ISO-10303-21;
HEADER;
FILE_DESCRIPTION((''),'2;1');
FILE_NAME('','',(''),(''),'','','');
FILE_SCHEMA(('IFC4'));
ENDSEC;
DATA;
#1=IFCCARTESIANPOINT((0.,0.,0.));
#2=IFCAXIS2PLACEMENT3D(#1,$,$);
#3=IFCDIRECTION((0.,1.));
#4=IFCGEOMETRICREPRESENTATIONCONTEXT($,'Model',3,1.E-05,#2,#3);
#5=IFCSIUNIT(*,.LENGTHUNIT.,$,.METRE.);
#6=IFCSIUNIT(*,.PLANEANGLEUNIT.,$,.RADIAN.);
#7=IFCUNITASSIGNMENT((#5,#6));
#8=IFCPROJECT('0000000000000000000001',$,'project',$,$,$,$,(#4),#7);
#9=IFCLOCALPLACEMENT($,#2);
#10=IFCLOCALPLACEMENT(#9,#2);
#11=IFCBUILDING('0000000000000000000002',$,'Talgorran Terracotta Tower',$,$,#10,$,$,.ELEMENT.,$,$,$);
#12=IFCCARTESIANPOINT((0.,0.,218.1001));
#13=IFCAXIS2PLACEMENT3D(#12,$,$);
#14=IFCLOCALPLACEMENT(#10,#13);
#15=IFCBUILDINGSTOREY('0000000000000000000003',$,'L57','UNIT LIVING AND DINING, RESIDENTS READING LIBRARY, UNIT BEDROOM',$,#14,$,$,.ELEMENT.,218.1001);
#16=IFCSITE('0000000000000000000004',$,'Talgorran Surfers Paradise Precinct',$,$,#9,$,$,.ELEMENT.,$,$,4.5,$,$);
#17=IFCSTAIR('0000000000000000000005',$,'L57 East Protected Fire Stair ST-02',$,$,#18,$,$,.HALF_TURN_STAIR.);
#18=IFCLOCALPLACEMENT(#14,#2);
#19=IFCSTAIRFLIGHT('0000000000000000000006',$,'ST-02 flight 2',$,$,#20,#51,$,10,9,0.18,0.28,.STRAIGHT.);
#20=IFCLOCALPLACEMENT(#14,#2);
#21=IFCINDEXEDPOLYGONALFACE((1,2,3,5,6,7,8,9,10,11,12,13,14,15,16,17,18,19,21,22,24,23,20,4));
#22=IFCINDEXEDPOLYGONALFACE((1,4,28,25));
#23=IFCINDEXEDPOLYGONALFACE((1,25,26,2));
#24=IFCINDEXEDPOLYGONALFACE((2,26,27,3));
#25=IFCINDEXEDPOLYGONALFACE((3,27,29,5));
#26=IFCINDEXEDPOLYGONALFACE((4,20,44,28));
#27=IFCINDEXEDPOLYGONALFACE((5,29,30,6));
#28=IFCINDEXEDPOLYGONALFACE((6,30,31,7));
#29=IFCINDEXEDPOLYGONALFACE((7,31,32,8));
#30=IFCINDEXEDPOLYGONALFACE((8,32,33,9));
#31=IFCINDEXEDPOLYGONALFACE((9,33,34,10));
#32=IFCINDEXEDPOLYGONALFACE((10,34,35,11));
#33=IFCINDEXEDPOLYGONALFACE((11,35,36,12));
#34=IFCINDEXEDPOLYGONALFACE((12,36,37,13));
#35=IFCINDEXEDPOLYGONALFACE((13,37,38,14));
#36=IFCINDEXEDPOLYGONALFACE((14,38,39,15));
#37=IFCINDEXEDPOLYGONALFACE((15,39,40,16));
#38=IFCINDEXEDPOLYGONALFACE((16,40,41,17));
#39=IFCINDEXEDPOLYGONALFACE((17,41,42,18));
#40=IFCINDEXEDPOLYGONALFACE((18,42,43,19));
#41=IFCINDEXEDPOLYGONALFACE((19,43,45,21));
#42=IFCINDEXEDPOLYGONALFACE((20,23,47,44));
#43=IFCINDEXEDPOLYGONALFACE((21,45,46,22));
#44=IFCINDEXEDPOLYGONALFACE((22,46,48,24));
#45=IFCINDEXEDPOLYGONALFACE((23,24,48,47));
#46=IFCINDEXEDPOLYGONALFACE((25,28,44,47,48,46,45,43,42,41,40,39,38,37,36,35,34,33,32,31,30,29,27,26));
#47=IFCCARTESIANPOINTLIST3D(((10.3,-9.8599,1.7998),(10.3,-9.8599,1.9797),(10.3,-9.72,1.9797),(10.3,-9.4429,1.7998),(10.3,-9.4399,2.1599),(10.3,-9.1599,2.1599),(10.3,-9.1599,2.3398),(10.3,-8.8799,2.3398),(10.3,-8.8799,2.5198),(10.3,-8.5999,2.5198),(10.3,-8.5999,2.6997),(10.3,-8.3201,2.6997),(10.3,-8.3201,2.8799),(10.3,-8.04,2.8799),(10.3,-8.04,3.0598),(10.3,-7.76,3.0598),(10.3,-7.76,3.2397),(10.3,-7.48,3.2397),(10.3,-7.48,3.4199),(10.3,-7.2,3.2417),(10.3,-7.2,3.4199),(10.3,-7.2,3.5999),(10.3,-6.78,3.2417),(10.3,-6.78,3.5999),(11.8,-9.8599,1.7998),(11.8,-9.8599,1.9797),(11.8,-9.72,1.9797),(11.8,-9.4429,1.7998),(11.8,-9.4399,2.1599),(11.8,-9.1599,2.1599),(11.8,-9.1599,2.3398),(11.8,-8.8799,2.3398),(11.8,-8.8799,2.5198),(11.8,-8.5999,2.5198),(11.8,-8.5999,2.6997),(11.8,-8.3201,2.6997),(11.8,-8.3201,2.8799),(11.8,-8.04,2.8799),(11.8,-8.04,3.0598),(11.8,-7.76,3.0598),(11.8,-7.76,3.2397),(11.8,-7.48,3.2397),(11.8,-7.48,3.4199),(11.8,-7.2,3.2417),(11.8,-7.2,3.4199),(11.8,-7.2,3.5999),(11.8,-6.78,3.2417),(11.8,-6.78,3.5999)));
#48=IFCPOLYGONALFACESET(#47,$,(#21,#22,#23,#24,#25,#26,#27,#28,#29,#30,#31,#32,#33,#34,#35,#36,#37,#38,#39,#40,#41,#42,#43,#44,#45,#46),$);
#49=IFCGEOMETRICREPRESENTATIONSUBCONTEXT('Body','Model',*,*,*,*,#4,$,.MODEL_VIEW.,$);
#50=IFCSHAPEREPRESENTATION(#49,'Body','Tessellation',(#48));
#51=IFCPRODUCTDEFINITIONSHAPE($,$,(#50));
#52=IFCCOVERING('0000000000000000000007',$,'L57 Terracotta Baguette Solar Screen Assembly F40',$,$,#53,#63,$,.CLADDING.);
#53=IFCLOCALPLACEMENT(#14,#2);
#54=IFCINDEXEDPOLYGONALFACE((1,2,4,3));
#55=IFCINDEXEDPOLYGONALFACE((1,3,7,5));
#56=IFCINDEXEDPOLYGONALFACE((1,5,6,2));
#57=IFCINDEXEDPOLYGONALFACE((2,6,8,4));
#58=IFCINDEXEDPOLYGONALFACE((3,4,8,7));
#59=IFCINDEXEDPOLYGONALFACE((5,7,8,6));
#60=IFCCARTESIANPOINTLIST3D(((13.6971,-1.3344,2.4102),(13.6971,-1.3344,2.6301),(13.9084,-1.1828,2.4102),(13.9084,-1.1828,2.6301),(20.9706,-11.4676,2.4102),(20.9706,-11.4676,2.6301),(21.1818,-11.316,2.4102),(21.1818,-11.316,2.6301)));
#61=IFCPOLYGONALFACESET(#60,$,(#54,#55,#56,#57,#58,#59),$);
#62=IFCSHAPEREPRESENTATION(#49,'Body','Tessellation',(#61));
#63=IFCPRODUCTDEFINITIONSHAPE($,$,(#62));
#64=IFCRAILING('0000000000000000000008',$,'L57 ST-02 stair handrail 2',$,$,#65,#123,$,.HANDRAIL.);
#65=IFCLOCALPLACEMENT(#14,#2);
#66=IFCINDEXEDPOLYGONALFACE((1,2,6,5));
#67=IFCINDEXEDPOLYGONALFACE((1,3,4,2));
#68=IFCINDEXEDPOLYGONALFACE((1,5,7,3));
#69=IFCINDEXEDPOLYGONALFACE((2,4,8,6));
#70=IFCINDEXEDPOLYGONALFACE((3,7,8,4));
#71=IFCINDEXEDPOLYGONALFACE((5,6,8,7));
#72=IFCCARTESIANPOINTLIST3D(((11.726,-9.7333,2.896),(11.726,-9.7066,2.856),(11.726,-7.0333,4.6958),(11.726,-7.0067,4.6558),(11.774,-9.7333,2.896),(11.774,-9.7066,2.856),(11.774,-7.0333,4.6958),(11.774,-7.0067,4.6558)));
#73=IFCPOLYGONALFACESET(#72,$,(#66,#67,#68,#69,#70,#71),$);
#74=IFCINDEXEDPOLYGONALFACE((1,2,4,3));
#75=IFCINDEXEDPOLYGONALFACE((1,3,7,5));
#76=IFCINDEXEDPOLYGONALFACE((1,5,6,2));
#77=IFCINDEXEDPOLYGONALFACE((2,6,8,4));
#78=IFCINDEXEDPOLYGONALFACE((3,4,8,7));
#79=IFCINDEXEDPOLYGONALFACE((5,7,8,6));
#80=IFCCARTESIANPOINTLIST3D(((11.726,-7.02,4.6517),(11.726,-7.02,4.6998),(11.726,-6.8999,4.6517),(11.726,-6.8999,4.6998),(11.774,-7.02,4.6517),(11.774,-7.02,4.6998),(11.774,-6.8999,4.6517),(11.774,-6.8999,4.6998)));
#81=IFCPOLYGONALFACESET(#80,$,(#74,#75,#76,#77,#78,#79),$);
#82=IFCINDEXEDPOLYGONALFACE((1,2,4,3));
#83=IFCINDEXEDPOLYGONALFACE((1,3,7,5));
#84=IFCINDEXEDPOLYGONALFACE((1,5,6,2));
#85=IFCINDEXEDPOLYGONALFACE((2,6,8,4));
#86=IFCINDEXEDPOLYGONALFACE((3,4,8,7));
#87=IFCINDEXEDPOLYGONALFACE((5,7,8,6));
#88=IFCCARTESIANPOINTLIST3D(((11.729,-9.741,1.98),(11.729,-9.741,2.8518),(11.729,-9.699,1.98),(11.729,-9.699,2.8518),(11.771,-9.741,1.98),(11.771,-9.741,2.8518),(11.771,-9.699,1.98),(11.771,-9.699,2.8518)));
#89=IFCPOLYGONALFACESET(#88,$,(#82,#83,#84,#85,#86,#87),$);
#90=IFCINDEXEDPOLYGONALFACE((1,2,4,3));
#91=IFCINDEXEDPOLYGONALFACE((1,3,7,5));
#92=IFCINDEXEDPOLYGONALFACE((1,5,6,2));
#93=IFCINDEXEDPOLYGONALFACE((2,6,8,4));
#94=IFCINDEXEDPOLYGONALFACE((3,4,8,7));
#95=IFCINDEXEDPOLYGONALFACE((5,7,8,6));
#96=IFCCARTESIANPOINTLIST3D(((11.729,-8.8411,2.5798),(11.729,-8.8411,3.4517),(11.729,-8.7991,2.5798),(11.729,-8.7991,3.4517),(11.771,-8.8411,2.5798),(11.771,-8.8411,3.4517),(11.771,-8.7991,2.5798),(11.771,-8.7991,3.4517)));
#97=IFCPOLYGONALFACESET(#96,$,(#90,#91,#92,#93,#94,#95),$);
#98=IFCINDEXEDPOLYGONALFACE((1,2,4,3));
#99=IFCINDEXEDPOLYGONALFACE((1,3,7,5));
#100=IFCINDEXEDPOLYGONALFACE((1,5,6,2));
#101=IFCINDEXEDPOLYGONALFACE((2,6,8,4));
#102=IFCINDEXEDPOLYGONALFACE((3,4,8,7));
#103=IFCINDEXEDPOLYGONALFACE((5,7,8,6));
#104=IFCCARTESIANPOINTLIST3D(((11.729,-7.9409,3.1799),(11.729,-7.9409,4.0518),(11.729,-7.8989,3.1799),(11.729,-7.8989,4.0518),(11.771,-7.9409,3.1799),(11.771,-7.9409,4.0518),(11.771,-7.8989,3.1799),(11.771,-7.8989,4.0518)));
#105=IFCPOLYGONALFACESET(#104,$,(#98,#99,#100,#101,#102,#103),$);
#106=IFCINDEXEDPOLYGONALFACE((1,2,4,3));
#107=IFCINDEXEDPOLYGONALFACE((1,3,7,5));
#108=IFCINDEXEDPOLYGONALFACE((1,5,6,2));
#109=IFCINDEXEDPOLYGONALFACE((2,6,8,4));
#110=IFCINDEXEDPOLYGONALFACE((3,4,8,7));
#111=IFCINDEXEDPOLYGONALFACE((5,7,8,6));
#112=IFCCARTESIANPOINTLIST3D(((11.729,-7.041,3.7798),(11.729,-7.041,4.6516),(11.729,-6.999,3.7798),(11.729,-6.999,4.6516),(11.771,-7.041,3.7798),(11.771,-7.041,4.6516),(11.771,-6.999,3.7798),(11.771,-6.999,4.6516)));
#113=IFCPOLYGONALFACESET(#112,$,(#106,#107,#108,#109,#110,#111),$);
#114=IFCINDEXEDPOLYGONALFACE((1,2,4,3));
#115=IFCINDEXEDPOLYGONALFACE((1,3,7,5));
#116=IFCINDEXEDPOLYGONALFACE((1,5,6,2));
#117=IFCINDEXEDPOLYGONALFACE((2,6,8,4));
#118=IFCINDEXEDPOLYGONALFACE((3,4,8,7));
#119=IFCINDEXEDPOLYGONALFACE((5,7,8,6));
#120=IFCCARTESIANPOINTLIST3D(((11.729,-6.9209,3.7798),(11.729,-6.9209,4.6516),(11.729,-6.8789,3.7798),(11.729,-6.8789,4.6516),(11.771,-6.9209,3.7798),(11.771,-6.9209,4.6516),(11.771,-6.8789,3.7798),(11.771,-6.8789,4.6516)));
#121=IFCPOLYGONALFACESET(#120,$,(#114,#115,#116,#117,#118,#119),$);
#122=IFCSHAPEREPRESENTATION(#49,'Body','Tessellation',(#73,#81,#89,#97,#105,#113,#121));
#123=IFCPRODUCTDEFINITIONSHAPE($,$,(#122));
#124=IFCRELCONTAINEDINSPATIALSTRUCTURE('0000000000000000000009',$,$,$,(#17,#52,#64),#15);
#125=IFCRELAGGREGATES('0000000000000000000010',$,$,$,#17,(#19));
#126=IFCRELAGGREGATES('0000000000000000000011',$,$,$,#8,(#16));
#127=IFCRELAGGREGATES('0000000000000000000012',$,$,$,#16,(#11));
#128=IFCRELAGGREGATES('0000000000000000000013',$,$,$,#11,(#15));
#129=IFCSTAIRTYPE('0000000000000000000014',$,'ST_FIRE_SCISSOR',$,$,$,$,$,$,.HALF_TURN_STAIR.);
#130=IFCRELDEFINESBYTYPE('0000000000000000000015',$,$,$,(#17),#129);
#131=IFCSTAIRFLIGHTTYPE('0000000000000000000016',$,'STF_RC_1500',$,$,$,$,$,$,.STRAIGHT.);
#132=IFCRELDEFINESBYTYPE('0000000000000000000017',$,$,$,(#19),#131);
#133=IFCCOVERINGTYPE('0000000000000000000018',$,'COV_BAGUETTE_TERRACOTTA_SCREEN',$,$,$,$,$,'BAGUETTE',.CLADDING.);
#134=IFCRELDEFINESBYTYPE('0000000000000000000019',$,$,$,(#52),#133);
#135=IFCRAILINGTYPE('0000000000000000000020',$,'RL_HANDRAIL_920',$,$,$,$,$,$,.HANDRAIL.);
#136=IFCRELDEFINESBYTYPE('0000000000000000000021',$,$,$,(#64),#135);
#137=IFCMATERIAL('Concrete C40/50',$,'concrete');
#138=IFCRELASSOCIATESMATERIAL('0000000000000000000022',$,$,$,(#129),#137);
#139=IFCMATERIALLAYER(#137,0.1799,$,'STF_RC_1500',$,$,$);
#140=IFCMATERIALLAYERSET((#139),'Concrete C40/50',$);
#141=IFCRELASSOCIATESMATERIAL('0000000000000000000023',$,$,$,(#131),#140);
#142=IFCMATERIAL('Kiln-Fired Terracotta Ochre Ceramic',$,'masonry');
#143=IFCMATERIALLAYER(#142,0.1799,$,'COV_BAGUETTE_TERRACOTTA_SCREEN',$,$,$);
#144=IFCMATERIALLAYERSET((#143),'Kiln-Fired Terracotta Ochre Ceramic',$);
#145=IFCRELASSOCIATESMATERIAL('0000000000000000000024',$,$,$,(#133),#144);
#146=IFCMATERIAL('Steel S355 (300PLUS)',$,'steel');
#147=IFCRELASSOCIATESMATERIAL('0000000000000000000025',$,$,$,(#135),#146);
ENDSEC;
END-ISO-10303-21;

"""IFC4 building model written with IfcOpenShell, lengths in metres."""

from ifc_helpers import new_model, si_unit, direction, frame, origin, origin_2d, place, context, subcontext, project, spatial, polyline, rectangle, outline, extrude, material, layer, layer_set, type_object, element, aggregate, save


model = new_model("IFC4")

# Units and contexts
model_context = context("Model", 3, precision=1e-05, world=origin(), true_north=direction((0.0, 1.0)))
body_context = subcontext(model_context, "Body", "Model", "MODEL_VIEW")
ifc_project = project(units=[si_unit("LENGTHUNIT", "METRE"), si_unit("PLANEANGLEUNIT", "RADIAN")], contexts=[model_context])

# Site, building, storey
site_placement = place(None, origin())
site = spatial("IfcSite", under=ifc_project, at=site_placement, Name="Talgorran Surfers Paradise Precinct", CompositionType="ELEMENT", RefElevation=4.5)
building_placement = place(site_placement, origin())
building = spatial("IfcBuilding", under=site, at=building_placement, Name="Talgorran Terracotta Tower", CompositionType="ELEMENT")
storey_placement = place(building_placement, frame((0.0, 0.0, 218.1001)))
storey = spatial("IfcBuildingStorey", under=building, at=storey_placement, Name="L57", Description="UNIT LIVING AND DINING, RESIDENTS READING LIBRARY, UNIT BEDROOM", CompositionType="ELEMENT", Elevation=218.1001)

# Shared definitions
ifc_material_1 = material(Name="Steel S355 (300PLUS)", Category="steel")

# Stair, stair flight
ifc_material_2 = material(Name="Concrete C40/50", Category="concrete")
stair_type = type_object("IfcStairType", Name="ST_FIRE_SCISSOR", PredefinedType="HALF_TURN_STAIR", material=ifc_material_2)
stair_placement = place(storey_placement, origin())
stair = element("IfcStair", 1, at=stair_placement, inside=storey, type_object=stair_type, Name="L57 East Protected Fire Stair ST-02", PredefinedType="HALF_TURN_STAIR")
ifc_layer_1 = layer(ifc_material_2, 0.1799, Name="STF_RC_1500")
ifc_layer_set_1 = layer_set([ifc_layer_1], Name="Concrete C40/50")
stair_flight_type = type_object("IfcStairFlightType", Name="STF_RC_1500", PredefinedType="STRAIGHT", material=ifc_layer_set_1)
stair_flight_placement = place(storey_placement, frame((11.05, -9.72, 1.7998), z_axis=(0.0, 0.0, 1.0), x_axis=(0.0, 1.0, 0.0)))
stair_flight = element("IfcStairFlight", 2, at=stair_flight_placement, type_object=stair_flight_type, Name="ST-02 flight 2", NumberOfRisers=10, NumberOfTreads=9, PredefinedType="STRAIGHT", RiserHeight=0.18, TreadLength=0.28, context=body_context, shape_type="SweptSolid", body=[
    extrude(outline(polyline([(-0.1399, 0.0), (-0.1399, 0.1799), (0.0, 0.1799), (0.28, 0.3601), (0.5601, 0.3601), (0.5601, 0.54), (0.8401, 0.54), (0.8401, 0.72), (1.1201, 0.72), (1.1201, 0.8999), (1.3999, 0.8999), (1.3999, 1.0801), (1.6799, 1.0801), (1.6799, 1.26), (1.96, 1.26), (1.96, 1.4399), (2.24, 1.4399), (2.24, 1.6201), (2.52, 1.6201), (2.52, 1.8), (2.9399, 1.8), (2.9399, 1.4419), (2.52, 1.4419), (0.2771, 0.0), (-0.1399, 0.0)])), frame((0.0, 0.75, 0.0), z_axis=(0.0, -1.0, 0.0), x_axis=(1.0, 0.0, 0.0)), (0.0, 0.0, 1.0), 1.5),
])
aggregate(stair, [stair_flight])

# Covering
ifc_material_3 = material(Name="Kiln-Fired Terracotta Ochre Ceramic", Category="masonry")
ifc_layer_2 = layer(ifc_material_3, 0.1799, Name="COV_BAGUETTE_TERRACOTTA_SCREEN")
ifc_layer_set_2 = layer_set([ifc_layer_2], Name="Kiln-Fired Terracotta Ochre Ceramic")
covering_type = type_object("IfcCoveringType", Name="COV_BAGUETTE_TERRACOTTA_SCREEN", ElementType="BAGUETTE", PredefinedType="CLADDING", material=ifc_layer_set_2)
covering_placement = place(storey_placement, frame((17.4395, -6.3252, 2.4102), z_axis=(0.0, 0.0, 1.0), x_axis=(-0.583116, 0.812389, 0.0)))
element("IfcCovering", 3, at=covering_placement, inside=storey, type_object=covering_type, Name="L57 Terracotta Baguette Solar Screen Assembly F40", PredefinedType="CLADDING", context=body_context, shape_type="SweptSolid", body=[
    extrude(rectangle(XDim=12.4734, YDim=0.26, at=origin_2d()), origin(), (0.0, 0.0, 1.0), 0.22),
])

# Railing
railing_type = type_object("IfcRailingType", Name="RL_HANDRAIL_920", PredefinedType="HANDRAIL", material=ifc_material_1)
railing_placement = place(storey_placement, frame((11.75, -9.72, 1.98)))
element("IfcRailing", 4, at=railing_placement, inside=storey, type_object=railing_type, Name="L57 ST-02 stair handrail 2", PredefinedType="HANDRAIL", context=body_context, shape_type="SweptSolid", body=[
    extrude(rectangle(XDim=0.0481, YDim=0.0481, at=origin_2d()), frame((0.0, 0.0, 0.896), z_axis=(0.0, 0.832073, 0.554665), x_axis=(-1.0, 0.0, 0.0)), (0.0, 0.0, 1.0), 3.2449),
    extrude(rectangle(XDim=0.0481, YDim=0.0481, at=origin_2d()), frame((0.0, 2.7, 2.6958), z_axis=(0.0, 1.0, 0.0), x_axis=(-1.0, 0.0, 0.0)), (0.0, 0.0, 1.0), 0.1201),
    extrude(rectangle(XDim=0.042, YDim=0.042, at=origin_2d()), origin(), (0.0, 0.0, 1.0), 0.8718),
    extrude(rectangle(XDim=0.042, YDim=0.042, at=origin_2d()), frame((0.0, 0.8999, 0.5999)), (0.0, 0.0, 1.0), 0.8718),
    extrude(rectangle(XDim=0.042, YDim=0.042, at=origin_2d()), frame((0.0, 1.8, 1.2)), (0.0, 0.0, 1.0), 0.8718),
    extrude(rectangle(XDim=0.042, YDim=0.042, at=origin_2d()), frame((0.0, 2.7, 1.7998)), (0.0, 0.0, 1.0), 0.8718),
    extrude(rectangle(XDim=0.042, YDim=0.042, at=origin_2d()), frame((0.0, 2.8201, 1.7998)), (0.0, 0.0, 1.0), 0.8718),
])

save(model, "model.ifc")
